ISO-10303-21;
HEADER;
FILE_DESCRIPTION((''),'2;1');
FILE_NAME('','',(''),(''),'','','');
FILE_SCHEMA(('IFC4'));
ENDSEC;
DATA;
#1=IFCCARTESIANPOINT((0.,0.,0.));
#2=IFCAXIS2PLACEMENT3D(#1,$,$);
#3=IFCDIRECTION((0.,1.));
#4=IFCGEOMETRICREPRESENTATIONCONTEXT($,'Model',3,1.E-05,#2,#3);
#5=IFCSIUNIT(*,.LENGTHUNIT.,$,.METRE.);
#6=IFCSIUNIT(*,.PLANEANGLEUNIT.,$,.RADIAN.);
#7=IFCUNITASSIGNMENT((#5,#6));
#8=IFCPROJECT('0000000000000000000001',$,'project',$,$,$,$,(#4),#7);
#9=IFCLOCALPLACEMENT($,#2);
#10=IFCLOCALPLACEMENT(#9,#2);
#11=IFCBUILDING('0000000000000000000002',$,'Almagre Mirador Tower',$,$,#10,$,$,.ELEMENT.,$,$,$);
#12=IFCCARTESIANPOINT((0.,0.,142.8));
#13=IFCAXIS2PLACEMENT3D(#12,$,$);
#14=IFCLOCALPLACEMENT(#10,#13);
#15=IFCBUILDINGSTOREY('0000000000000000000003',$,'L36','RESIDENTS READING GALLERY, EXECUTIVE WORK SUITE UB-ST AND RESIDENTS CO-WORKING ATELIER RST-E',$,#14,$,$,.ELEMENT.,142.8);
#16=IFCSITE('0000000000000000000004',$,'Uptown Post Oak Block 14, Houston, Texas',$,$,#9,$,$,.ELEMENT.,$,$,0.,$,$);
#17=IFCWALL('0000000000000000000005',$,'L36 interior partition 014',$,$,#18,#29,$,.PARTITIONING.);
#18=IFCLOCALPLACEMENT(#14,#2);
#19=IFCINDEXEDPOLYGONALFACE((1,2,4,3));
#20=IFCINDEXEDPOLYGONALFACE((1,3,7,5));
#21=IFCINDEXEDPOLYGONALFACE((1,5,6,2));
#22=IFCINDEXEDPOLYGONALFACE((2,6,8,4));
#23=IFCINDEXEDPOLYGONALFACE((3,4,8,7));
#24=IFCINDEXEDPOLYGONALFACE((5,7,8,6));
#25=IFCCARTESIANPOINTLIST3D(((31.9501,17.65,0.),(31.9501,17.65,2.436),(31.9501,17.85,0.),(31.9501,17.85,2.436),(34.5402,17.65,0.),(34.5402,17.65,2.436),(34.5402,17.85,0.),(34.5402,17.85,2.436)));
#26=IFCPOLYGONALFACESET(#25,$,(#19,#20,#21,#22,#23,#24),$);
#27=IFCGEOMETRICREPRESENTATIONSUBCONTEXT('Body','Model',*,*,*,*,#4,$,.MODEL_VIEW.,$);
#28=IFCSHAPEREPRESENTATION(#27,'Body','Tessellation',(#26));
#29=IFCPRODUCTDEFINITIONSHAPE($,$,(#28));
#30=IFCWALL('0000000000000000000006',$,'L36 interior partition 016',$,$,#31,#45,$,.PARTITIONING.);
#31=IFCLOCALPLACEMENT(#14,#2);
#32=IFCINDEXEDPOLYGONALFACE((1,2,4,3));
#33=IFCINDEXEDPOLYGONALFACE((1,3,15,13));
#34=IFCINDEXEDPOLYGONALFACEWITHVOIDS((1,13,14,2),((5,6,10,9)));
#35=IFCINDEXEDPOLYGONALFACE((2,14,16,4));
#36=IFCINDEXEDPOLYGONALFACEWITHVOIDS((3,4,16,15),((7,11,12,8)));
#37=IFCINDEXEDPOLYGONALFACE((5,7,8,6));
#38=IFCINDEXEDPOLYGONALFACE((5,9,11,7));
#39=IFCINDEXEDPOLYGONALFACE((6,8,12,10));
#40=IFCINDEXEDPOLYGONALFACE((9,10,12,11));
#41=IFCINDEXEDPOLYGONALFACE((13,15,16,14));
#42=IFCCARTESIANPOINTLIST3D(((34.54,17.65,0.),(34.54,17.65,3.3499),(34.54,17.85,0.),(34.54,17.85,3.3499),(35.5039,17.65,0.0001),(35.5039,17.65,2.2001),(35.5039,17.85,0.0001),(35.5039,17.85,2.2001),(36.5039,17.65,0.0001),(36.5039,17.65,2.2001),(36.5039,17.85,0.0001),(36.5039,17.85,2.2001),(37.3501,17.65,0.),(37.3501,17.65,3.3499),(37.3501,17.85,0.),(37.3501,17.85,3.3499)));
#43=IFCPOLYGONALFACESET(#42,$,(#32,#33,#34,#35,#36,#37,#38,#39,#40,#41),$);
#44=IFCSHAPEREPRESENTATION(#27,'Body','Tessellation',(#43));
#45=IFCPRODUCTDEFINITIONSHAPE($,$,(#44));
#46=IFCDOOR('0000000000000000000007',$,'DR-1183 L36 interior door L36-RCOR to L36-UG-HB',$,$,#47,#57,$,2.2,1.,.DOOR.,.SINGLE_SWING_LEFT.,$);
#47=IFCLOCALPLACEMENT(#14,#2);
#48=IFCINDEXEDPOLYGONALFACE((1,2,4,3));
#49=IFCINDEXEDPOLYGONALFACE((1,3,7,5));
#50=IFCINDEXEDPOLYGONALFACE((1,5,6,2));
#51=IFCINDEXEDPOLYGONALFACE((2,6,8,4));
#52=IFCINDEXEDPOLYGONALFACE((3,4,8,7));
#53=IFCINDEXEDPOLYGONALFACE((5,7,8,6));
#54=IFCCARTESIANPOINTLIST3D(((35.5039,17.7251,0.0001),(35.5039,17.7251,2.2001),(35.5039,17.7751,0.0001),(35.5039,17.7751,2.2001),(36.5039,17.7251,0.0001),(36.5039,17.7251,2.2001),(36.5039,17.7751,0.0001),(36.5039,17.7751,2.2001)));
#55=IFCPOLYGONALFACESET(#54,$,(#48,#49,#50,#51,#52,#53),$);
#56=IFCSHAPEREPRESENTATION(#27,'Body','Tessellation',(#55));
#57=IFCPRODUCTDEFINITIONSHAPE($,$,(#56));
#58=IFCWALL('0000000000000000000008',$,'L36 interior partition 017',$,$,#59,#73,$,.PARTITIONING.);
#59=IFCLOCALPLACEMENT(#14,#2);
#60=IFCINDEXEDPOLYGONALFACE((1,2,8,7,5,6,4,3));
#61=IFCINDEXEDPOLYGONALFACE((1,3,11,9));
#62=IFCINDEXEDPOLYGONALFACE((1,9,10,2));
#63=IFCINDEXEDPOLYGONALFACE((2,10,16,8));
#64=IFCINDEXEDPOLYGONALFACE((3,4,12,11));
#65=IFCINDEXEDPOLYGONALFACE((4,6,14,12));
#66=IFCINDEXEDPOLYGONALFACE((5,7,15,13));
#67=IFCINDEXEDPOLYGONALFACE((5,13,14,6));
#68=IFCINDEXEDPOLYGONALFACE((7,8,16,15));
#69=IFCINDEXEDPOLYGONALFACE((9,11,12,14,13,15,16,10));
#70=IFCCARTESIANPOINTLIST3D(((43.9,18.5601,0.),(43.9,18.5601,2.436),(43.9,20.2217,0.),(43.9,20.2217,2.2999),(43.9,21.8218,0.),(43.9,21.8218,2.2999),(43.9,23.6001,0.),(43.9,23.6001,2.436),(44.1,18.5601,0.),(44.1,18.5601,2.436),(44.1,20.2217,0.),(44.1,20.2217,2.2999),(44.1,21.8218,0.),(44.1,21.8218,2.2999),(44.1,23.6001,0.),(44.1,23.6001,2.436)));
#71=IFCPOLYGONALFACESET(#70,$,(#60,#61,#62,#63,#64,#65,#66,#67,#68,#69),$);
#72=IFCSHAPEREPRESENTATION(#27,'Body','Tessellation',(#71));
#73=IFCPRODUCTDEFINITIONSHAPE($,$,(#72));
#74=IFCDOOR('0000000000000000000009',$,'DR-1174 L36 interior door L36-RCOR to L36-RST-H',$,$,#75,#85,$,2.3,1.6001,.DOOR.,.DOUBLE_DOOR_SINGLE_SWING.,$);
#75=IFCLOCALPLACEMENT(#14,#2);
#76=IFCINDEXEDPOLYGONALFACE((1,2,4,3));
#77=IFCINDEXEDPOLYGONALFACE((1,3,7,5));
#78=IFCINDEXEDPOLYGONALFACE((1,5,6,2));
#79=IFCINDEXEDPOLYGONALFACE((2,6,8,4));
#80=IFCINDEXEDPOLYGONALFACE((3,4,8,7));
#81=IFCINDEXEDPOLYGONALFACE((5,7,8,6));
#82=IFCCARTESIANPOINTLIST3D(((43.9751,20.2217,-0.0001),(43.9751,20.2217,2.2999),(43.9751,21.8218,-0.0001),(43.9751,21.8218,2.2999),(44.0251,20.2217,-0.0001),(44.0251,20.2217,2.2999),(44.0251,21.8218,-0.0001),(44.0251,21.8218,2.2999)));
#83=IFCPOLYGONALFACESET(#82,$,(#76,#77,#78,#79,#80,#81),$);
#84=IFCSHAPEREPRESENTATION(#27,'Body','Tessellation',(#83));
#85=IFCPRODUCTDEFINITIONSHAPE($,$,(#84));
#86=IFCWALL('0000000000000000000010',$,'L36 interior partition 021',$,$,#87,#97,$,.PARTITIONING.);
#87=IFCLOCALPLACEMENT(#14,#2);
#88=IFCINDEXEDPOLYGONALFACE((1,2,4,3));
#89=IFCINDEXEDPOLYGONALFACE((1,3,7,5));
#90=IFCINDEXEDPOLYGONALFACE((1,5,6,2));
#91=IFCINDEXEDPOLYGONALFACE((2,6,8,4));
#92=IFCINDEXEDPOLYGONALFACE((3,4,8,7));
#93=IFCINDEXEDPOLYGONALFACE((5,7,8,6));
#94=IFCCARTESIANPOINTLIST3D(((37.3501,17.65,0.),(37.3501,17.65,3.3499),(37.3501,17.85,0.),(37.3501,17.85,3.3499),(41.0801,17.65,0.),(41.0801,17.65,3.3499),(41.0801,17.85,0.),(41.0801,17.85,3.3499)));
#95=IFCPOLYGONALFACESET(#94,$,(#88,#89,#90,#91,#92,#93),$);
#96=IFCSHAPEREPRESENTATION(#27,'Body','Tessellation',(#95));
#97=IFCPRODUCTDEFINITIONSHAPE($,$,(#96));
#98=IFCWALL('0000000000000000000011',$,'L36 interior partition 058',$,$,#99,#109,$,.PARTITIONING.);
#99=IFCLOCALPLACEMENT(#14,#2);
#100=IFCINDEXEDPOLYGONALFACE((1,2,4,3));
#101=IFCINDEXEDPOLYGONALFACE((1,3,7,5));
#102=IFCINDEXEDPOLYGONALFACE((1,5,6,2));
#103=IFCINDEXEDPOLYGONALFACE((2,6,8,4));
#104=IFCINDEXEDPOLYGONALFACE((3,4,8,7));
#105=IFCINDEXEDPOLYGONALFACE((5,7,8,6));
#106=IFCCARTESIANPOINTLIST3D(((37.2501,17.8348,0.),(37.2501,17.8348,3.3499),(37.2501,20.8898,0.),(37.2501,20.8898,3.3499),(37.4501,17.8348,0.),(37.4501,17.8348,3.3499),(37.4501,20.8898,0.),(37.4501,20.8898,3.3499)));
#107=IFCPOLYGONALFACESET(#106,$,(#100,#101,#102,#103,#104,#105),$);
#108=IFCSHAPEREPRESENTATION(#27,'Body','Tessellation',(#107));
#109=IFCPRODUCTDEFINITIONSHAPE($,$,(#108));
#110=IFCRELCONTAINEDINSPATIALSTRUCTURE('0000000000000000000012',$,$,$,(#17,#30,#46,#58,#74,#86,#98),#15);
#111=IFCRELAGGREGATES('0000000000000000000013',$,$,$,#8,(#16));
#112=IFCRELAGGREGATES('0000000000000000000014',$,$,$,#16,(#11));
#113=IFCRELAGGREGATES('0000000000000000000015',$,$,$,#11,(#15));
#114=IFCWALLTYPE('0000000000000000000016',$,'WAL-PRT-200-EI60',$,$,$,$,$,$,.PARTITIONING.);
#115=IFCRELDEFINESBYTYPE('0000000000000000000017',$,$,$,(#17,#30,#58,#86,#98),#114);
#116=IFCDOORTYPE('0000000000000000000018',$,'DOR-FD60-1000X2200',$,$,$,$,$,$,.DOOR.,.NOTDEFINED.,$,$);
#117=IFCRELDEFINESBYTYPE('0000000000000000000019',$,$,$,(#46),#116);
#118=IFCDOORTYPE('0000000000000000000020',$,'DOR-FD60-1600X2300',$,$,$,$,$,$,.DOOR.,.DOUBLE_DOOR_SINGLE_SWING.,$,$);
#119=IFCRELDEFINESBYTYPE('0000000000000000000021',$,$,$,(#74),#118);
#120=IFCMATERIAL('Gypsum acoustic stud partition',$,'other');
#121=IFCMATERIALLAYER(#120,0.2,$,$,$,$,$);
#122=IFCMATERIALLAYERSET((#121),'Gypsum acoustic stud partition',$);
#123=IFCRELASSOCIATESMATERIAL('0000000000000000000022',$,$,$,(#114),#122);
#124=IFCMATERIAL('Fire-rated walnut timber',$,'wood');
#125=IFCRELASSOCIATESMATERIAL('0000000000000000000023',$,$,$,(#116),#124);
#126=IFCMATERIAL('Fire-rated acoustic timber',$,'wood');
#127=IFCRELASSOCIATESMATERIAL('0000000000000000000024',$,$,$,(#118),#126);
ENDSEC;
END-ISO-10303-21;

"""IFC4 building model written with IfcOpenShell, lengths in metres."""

from ifc_helpers import new_model, si_unit, direction, frame, frame_2d, origin, place, context, subcontext, project, spatial, rectangle, extrude, material, layer, layer_set, type_object, element, fill, save


model = new_model("IFC4")

# Units and contexts
model_context = context("Model", 3, precision=1e-05, world=origin(), true_north=direction((0.0, 1.0)))
body_context = subcontext(model_context, "Body", "Model", "MODEL_VIEW")
ifc_project = project(units=[si_unit("LENGTHUNIT", "METRE"), si_unit("PLANEANGLEUNIT", "RADIAN")], contexts=[model_context])

# Site, building, storey
site_placement = place(None, origin())
site = spatial("IfcSite", under=ifc_project, at=site_placement, Name="Uptown Post Oak Block 14, Houston, Texas", CompositionType="ELEMENT", RefElevation=0.0)
building_placement = place(site_placement, origin())
building = spatial("IfcBuilding", under=site, at=building_placement, Name="Almagre Mirador Tower", CompositionType="ELEMENT")
storey_placement = place(building_placement, frame((0.0, 0.0, 142.8)))
storey = spatial("IfcBuildingStorey", under=building, at=storey_placement, Name="L36", Description="RESIDENTS READING GALLERY, EXECUTIVE WORK SUITE UB-ST AND RESIDENTS CO-WORKING ATELIER RST-E", CompositionType="ELEMENT", Elevation=142.8)

# Wall
ifc_material_1 = material(Name="Gypsum acoustic stud partition", Category="other")
ifc_layer_1 = layer(ifc_material_1, 0.2)
ifc_layer_set_1 = layer_set([ifc_layer_1], Name="Gypsum acoustic stud partition")
wall_type_1 = type_object("IfcWallType", Name="WAL-PRT-200-EI60", PredefinedType="PARTITIONING", material=ifc_layer_set_1)
wall_1_placement = place(storey_placement, frame((34.54, 17.75, 0.0), z_axis=(0.0, 0.0, 1.0), x_axis=(-1.0, 0.0, 0.0)))
element("IfcWall", 1, at=wall_1_placement, inside=storey, type_object=wall_type_1, Name="L36 interior partition 014", PredefinedType="PARTITIONING", context=body_context, shape_type="SweptSolid", body=[
    extrude(rectangle(XDim=2.5901, YDim=0.2, at=frame_2d((1.2949, 0.0))), origin(), (0.0, 0.0, 1.0), 2.436),
])

# Walls, openings, doors
wall_2_placement = place(storey_placement, frame((37.3501, 17.75, 0.0), z_axis=(0.0, 0.0, 1.0), x_axis=(-1.0, 0.0, 0.0)))
wall_2 = element("IfcWall", 2, at=wall_2_placement, inside=storey, type_object=wall_type_1, Name="L36 interior partition 016", PredefinedType="PARTITIONING", context=body_context, shape_type="SweptSolid", body=[
    extrude(rectangle(XDim=2.8101, YDim=0.2, at=frame_2d((1.405, 0.0))), origin(), (0.0, 0.0, 1.0), 3.3499),
])
opening_1_placement = place(wall_2_placement, frame((0.8462, 0.0, 0.0)))
opening_1 = element("IfcOpeningElement", 3, at=opening_1_placement, cuts=wall_2, PredefinedType="OPENING", context=body_context, shape_type="SweptSolid", body=[
    extrude(rectangle(XDim=1.0, YDim=2.2, at=frame_2d((0.5, 1.1001))), frame((0.0, 0.1101, 0.0), z_axis=(0.0, -1.0, 0.0), x_axis=(1.0, 0.0, 0.0)), (0.0, 0.0, 1.0), 0.22),
])
ifc_material_2 = material(Name="Fire-rated walnut timber", Category="wood")
door_type_1 = type_object("IfcDoorType", Name="DOR-FD60-1000X2200", OperationType="NOTDEFINED", PredefinedType="DOOR", material=ifc_material_2)
door_1_placement = place(opening_1_placement, origin())
door_1 = element("IfcDoor", 4, at=door_1_placement, inside=storey, type_object=door_type_1, Name="DR-1183 L36 interior door L36-RCOR to L36-UG-HB", OperationType="SINGLE_SWING_LEFT", OverallHeight=2.2, OverallWidth=1.0, PredefinedType="DOOR", context=body_context, shape_type="SweptSolid", body=[
    extrude(rectangle(XDim=1.0, YDim=2.2, at=frame_2d((0.5, 1.1001))), frame((0.0, 0.0249, 0.0), z_axis=(0.0, -1.0, 0.0), x_axis=(1.0, 0.0, 0.0)), (0.0, 0.0, 1.0), 0.05),
])
fill(opening_1, door_1)
wall_3_placement = place(storey_placement, frame((44.0, 18.5601, 0.0), z_axis=(0.0, 0.0, 1.0), x_axis=(0.0, 1.0, 0.0)))
wall_3 = element("IfcWall", 5, at=wall_3_placement, inside=storey, type_object=wall_type_1, Name="L36 interior partition 017", PredefinedType="PARTITIONING", context=body_context, shape_type="SweptSolid", body=[
    extrude(rectangle(XDim=5.04, YDim=0.2, at=frame_2d((2.52, 0.0))), origin(), (0.0, 0.0, 1.0), 2.436),
])
opening_2_placement = place(wall_3_placement, frame((1.6616, 0.0, 0.0)))
opening_2 = element("IfcOpeningElement", 6, at=opening_2_placement, cuts=wall_3, PredefinedType="OPENING", context=body_context, shape_type="SweptSolid", body=[
    extrude(rectangle(XDim=1.6001, YDim=2.3, at=frame_2d((0.8, 1.1499))), frame((0.0, 0.1101, 0.0), z_axis=(0.0, -1.0, 0.0), x_axis=(1.0, 0.0, 0.0)), (0.0, 0.0, 1.0), 0.22),
])
ifc_material_3 = material(Name="Fire-rated acoustic timber", Category="wood")
door_type_2 = type_object("IfcDoorType", Name="DOR-FD60-1600X2300", OperationType="DOUBLE_DOOR_SINGLE_SWING", PredefinedType="DOOR", material=ifc_material_3)
door_2_placement = place(opening_2_placement, origin())
door_2 = element("IfcDoor", 7, at=door_2_placement, inside=storey, type_object=door_type_2, Name="DR-1174 L36 interior door L36-RCOR to L36-RST-H", OperationType="DOUBLE_DOOR_SINGLE_SWING", OverallHeight=2.3, OverallWidth=1.6001, PredefinedType="DOOR", context=body_context, shape_type="SweptSolid", body=[
    extrude(rectangle(XDim=1.6001, YDim=2.3, at=frame_2d((0.8, 1.1499))), frame((0.0, 0.0249, 0.0), z_axis=(0.0, -1.0, 0.0), x_axis=(1.0, 0.0, 0.0)), (0.0, 0.0, 1.0), 0.05),
])
fill(opening_2, door_2)

# Walls
wall_4_placement = place(storey_placement, frame((41.0801, 17.75, 0.0), z_axis=(0.0, 0.0, 1.0), x_axis=(-1.0, 0.0, 0.0)))
element("IfcWall", 8, at=wall_4_placement, inside=storey, type_object=wall_type_1, Name="L36 interior partition 021", PredefinedType="PARTITIONING", context=body_context, shape_type="SweptSolid", body=[
    extrude(rectangle(XDim=3.73, YDim=0.2, at=frame_2d((1.865, 0.0))), origin(), (0.0, 0.0, 1.0), 3.3499),
])
wall_5_placement = place(storey_placement, frame((37.3501, 17.835, 0.0), z_axis=(0.0, 0.0, 1.0), x_axis=(0.0, 1.0, 0.0)))
element("IfcWall", 9, at=wall_5_placement, inside=storey, type_object=wall_type_1, Name="L36 interior partition 058", PredefinedType="PARTITIONING", context=body_context, shape_type="SweptSolid", body=[
    extrude(rectangle(XDim=3.0549, YDim=0.2, at=frame_2d((1.5273, 0.0))), origin(), (0.0, 0.0, 1.0), 3.3499),
])

save(model, "model.ifc")
